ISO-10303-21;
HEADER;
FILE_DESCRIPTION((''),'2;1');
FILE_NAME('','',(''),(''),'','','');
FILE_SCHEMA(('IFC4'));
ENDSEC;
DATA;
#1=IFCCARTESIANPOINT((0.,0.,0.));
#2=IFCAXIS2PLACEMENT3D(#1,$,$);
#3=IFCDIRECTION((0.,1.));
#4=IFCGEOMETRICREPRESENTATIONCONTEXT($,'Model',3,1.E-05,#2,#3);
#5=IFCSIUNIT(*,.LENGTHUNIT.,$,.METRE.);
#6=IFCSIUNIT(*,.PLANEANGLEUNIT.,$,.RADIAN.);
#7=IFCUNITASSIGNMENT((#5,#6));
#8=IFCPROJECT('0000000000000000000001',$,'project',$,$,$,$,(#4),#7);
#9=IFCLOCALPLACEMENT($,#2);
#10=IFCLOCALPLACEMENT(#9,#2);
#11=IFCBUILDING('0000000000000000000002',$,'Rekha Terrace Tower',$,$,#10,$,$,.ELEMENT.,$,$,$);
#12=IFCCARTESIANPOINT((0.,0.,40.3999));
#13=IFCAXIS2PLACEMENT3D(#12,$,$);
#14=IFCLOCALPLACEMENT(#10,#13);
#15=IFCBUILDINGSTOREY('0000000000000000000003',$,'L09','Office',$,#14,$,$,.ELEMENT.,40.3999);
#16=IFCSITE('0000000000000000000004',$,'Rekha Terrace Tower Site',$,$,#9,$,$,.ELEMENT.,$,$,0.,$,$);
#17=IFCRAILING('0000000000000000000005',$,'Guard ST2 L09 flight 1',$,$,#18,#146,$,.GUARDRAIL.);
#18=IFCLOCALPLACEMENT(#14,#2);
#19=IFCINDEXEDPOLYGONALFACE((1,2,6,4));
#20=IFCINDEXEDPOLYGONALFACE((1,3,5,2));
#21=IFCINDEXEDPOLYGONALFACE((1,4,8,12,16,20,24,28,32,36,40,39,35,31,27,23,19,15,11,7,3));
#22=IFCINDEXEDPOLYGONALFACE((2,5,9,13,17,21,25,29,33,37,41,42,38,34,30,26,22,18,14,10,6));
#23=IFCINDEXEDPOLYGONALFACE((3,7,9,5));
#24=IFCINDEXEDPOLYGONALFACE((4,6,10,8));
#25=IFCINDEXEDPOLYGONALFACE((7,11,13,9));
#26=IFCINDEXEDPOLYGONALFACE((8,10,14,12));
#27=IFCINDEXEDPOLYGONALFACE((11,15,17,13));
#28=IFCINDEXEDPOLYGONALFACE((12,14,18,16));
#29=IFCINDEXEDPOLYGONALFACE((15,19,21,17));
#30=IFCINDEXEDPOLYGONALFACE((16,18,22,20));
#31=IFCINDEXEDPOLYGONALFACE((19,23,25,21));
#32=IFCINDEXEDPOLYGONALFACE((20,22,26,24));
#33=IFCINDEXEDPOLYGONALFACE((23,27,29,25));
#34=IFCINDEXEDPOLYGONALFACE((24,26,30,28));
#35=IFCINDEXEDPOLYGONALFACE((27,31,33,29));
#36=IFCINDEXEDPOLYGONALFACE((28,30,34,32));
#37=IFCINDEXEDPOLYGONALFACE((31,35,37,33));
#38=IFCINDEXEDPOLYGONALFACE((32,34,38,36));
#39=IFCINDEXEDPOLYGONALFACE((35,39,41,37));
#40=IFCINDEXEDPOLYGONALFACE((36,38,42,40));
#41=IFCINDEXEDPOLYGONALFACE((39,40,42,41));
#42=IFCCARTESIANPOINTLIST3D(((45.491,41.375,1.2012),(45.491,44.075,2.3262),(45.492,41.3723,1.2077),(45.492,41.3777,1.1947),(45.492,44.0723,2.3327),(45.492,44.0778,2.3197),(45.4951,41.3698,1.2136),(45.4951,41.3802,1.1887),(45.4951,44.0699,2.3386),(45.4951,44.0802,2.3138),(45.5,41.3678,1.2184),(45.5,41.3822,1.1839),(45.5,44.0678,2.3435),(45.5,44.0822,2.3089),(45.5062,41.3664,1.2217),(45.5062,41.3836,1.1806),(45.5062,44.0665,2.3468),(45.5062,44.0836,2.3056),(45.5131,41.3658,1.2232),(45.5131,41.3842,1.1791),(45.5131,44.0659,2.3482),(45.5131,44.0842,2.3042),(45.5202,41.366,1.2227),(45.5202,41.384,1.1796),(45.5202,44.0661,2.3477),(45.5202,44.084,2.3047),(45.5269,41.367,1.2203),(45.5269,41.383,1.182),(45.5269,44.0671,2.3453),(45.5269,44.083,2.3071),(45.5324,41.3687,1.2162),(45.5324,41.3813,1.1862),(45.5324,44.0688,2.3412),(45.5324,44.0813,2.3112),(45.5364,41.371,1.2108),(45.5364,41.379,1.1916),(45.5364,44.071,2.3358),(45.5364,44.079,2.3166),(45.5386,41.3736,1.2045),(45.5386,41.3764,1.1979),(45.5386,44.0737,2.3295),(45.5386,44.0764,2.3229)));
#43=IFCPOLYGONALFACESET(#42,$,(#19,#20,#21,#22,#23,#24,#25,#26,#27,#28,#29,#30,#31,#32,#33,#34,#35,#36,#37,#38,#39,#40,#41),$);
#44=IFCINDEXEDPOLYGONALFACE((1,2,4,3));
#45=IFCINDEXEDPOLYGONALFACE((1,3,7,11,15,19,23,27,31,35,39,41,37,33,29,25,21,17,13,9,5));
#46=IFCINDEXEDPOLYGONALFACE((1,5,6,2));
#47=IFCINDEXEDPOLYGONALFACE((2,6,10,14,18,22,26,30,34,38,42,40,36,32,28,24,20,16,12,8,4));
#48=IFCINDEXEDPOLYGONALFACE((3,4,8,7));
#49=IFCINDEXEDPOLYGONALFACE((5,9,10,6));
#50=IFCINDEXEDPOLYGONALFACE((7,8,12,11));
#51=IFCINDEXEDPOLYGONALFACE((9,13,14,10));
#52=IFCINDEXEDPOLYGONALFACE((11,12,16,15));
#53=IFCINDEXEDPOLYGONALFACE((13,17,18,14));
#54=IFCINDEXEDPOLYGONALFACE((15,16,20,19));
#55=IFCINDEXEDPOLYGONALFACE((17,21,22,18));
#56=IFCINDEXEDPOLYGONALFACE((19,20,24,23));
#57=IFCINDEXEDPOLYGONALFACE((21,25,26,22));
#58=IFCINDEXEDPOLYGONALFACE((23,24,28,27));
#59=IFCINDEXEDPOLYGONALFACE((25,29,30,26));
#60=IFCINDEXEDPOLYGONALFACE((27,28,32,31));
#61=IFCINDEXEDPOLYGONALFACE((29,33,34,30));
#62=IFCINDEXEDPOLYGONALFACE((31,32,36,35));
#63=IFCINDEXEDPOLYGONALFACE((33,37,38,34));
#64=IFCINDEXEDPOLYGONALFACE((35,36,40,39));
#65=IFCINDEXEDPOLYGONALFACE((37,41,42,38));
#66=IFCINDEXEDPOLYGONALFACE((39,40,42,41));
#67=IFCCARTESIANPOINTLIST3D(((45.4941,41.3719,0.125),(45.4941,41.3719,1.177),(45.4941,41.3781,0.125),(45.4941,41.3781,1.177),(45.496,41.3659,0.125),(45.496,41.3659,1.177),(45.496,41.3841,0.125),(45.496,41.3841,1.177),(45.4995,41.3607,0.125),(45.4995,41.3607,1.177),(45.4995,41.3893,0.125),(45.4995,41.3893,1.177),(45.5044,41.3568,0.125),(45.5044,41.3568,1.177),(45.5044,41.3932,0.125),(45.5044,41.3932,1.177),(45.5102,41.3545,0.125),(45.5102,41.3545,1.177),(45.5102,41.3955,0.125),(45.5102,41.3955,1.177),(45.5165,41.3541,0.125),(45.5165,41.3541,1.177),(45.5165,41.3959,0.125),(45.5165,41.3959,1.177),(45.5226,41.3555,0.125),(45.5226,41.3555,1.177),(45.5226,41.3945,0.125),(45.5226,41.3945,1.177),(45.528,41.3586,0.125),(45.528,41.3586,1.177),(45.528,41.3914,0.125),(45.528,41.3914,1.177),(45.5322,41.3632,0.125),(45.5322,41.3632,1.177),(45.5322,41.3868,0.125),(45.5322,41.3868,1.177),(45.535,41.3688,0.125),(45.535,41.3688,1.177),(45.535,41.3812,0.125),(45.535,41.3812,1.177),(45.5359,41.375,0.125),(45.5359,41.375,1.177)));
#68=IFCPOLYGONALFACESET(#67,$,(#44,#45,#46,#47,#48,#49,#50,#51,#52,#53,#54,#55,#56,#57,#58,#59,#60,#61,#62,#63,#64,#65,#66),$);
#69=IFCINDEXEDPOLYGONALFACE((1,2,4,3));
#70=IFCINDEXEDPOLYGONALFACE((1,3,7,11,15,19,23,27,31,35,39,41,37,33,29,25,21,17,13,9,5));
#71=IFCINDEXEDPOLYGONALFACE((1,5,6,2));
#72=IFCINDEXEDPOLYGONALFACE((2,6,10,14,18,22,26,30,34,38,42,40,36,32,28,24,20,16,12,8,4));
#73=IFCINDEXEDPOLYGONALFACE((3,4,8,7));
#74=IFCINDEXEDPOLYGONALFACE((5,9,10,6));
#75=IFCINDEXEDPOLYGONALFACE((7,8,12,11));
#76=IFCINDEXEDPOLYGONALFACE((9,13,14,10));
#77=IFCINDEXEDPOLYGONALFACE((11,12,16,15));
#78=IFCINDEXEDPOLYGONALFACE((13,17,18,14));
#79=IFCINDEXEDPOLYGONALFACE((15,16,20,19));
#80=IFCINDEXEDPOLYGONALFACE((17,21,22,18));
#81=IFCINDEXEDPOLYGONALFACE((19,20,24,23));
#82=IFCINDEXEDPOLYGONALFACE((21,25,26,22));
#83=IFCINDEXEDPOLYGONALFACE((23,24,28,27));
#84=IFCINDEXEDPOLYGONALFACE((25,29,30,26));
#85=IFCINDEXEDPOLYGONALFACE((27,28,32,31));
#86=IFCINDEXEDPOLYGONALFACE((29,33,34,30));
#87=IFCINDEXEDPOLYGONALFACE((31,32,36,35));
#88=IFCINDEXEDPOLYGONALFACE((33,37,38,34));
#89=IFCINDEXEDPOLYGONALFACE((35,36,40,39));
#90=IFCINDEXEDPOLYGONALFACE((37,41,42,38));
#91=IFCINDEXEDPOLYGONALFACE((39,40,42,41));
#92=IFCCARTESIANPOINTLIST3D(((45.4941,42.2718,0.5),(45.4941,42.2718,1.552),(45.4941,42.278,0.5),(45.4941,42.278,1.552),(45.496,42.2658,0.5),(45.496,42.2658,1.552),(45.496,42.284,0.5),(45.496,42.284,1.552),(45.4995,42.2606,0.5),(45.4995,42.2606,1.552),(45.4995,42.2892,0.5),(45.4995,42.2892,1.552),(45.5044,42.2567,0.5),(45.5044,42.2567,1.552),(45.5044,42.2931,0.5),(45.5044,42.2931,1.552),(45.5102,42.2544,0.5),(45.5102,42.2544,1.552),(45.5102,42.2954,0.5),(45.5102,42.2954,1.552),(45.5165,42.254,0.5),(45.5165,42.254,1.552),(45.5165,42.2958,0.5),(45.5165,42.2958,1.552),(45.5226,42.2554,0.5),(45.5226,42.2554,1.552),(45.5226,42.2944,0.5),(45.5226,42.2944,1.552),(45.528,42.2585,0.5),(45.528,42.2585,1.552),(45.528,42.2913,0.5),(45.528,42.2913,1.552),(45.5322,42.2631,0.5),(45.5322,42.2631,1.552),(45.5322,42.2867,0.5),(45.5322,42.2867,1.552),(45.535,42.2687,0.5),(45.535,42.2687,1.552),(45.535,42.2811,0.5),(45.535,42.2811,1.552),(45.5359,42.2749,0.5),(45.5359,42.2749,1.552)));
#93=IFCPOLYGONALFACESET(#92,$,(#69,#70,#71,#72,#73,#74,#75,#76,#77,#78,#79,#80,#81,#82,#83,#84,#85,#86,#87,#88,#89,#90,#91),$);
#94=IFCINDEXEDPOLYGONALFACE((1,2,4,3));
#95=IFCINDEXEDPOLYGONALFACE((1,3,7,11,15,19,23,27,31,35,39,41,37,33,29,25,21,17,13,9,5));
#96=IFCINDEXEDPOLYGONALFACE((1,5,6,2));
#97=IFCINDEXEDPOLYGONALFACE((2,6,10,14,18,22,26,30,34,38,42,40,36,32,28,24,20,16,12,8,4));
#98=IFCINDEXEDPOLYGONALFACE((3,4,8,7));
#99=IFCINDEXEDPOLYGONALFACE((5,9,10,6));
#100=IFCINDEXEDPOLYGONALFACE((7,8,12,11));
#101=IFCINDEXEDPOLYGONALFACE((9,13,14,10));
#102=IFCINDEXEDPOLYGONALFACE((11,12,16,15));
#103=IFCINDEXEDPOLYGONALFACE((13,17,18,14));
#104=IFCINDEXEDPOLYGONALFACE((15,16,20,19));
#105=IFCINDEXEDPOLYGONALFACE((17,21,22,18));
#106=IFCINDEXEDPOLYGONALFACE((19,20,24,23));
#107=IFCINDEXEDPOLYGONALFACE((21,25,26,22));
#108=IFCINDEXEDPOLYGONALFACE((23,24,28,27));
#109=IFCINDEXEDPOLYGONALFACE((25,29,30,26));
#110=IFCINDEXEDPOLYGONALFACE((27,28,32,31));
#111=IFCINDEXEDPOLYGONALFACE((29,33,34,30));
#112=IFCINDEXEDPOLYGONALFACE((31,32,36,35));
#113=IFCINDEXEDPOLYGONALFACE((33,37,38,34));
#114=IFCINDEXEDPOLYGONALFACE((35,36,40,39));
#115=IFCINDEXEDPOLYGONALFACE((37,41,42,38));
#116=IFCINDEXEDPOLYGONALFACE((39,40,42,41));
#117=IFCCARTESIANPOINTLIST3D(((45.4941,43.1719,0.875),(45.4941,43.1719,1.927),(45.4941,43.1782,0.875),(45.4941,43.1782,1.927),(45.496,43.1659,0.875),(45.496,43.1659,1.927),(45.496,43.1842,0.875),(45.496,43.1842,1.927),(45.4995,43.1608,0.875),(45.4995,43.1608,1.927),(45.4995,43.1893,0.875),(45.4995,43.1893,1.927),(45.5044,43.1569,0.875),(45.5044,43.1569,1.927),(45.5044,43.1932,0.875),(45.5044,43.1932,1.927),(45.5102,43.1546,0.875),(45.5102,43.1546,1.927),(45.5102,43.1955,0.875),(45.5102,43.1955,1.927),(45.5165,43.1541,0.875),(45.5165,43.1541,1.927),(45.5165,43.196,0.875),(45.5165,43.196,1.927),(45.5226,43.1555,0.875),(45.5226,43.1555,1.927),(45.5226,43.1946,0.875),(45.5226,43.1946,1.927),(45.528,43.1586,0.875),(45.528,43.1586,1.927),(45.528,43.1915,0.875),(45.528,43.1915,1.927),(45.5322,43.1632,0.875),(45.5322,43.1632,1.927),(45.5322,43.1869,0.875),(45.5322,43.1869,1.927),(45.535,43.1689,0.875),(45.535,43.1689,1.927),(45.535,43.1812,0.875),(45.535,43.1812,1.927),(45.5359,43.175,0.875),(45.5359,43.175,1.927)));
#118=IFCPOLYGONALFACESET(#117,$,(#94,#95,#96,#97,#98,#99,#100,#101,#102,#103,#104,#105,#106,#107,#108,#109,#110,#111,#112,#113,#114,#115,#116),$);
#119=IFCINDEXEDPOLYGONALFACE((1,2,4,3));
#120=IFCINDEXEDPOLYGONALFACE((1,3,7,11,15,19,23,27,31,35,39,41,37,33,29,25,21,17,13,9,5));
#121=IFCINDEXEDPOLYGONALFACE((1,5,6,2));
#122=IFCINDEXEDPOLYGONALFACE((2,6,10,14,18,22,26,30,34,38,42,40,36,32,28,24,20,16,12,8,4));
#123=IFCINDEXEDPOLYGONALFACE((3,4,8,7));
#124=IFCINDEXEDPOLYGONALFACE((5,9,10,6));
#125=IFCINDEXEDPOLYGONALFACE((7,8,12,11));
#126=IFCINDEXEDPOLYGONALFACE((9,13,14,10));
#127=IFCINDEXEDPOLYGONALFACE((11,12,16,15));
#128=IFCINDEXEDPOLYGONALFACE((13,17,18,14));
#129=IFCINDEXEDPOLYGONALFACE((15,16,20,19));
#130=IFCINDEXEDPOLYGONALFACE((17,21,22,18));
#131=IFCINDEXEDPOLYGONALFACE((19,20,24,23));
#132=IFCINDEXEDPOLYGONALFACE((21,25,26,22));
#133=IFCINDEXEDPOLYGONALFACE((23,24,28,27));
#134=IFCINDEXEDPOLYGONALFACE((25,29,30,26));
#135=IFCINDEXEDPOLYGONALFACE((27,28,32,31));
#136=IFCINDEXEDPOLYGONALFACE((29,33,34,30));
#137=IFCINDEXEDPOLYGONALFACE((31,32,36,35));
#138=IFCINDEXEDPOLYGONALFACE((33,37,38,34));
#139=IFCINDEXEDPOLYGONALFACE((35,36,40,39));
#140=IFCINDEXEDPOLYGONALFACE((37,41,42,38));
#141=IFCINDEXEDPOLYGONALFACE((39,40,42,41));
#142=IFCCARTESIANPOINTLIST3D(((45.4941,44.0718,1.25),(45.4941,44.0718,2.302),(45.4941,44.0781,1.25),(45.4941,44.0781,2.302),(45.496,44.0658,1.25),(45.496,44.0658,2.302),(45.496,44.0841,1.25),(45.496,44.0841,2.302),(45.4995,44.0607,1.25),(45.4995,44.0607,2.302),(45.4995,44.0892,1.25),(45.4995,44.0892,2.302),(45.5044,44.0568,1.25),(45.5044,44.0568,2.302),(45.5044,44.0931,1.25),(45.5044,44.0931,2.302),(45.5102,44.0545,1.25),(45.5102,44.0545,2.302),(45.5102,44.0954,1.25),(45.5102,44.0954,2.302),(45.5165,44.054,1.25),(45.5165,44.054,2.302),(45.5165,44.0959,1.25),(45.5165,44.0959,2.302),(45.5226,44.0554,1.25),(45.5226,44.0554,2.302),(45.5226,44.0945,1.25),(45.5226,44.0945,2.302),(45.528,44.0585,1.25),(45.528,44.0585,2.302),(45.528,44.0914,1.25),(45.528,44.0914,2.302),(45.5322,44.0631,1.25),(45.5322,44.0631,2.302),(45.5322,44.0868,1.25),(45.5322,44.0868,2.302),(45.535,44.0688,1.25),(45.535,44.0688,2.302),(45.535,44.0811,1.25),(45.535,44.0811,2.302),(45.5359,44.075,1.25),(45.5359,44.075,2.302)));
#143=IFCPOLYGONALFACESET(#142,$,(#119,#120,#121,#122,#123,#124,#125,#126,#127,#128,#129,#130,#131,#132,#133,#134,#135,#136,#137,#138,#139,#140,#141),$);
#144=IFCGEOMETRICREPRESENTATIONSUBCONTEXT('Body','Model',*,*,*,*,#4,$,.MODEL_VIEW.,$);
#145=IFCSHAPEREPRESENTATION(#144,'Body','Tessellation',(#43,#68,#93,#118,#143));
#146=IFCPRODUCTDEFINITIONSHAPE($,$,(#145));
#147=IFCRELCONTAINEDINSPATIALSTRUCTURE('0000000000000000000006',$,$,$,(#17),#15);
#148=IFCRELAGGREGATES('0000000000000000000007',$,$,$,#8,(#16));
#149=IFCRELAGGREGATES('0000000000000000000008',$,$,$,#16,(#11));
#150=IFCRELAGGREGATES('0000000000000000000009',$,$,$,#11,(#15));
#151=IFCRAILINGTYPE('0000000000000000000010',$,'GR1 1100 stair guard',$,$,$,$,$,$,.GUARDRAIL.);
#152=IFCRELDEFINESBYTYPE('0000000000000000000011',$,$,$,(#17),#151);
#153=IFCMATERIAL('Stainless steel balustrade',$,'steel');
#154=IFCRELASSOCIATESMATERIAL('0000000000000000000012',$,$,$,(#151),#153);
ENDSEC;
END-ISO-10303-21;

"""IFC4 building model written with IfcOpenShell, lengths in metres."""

from ifc_helpers import new_model, si_unit, direction, frame, origin, origin_2d, place, context, subcontext, project, spatial, circle, extrude, material, type_object, element, save


model = new_model("IFC4")

# Units and contexts
model_context = context("Model", 3, precision=1e-05, world=origin(), true_north=direction((0.0, 1.0)))
body_context = subcontext(model_context, "Body", "Model", "MODEL_VIEW")
ifc_project = project(units=[si_unit("LENGTHUNIT", "METRE"), si_unit("PLANEANGLEUNIT", "RADIAN")], contexts=[model_context])

# Site, building, storey
site_placement = place(None, origin())
site = spatial("IfcSite", under=ifc_project, at=site_placement, Name="Rekha Terrace Tower Site", CompositionType="ELEMENT", RefElevation=0.0)
building_placement = place(site_placement, origin())
building = spatial("IfcBuilding", under=site, at=building_placement, Name="Rekha Terrace Tower", CompositionType="ELEMENT")
storey_placement = place(building_placement, frame((0.0, 0.0, 40.3999)))
storey = spatial("IfcBuildingStorey", under=building, at=storey_placement, Name="L09", Description="Office", CompositionType="ELEMENT", Elevation=40.3999)

# Railing
ifc_material_1 = material(Name="Stainless steel balustrade", Category="steel")
railing_type_1 = type_object("IfcRailingType", Name="GR1 1100 stair guard", PredefinedType="GUARDRAIL", material=ifc_material_1)
railing_1_placement = place(storey_placement, frame((45.5149, 41.375, 0.125)))
element("IfcRailing", 1, at=railing_1_placement, inside=storey, type_object=railing_type_1, Name="Guard ST2 L09 flight 1", PredefinedType="GUARDRAIL", context=body_context, shape_type="SweptSolid", body=[
    extrude(circle(Radius=0.0239, at=origin_2d()), frame((0.0, 0.0, 1.0762), z_axis=(0.0, 0.923074, 0.384621), x_axis=(-1.0, 0.0, 0.0)), (0.0, 0.0, 1.0), 2.925),
    extrude(circle(Radius=0.021, at=origin_2d()), origin(), (0.0, 0.0, 1.0), 1.052),
    extrude(circle(Radius=0.021, at=origin_2d()), frame((0.0, 0.8999, 0.375)), (0.0, 0.0, 1.0), 1.052),
    extrude(circle(Radius=0.021, at=origin_2d()), frame((0.0, 1.8, 0.75)), (0.0, 0.0, 1.0), 1.052),
    extrude(circle(Radius=0.021, at=origin_2d()), frame((0.0, 2.7, 1.125)), (0.0, 0.0, 1.0), 1.052),
])

save(model, "model.ifc")
